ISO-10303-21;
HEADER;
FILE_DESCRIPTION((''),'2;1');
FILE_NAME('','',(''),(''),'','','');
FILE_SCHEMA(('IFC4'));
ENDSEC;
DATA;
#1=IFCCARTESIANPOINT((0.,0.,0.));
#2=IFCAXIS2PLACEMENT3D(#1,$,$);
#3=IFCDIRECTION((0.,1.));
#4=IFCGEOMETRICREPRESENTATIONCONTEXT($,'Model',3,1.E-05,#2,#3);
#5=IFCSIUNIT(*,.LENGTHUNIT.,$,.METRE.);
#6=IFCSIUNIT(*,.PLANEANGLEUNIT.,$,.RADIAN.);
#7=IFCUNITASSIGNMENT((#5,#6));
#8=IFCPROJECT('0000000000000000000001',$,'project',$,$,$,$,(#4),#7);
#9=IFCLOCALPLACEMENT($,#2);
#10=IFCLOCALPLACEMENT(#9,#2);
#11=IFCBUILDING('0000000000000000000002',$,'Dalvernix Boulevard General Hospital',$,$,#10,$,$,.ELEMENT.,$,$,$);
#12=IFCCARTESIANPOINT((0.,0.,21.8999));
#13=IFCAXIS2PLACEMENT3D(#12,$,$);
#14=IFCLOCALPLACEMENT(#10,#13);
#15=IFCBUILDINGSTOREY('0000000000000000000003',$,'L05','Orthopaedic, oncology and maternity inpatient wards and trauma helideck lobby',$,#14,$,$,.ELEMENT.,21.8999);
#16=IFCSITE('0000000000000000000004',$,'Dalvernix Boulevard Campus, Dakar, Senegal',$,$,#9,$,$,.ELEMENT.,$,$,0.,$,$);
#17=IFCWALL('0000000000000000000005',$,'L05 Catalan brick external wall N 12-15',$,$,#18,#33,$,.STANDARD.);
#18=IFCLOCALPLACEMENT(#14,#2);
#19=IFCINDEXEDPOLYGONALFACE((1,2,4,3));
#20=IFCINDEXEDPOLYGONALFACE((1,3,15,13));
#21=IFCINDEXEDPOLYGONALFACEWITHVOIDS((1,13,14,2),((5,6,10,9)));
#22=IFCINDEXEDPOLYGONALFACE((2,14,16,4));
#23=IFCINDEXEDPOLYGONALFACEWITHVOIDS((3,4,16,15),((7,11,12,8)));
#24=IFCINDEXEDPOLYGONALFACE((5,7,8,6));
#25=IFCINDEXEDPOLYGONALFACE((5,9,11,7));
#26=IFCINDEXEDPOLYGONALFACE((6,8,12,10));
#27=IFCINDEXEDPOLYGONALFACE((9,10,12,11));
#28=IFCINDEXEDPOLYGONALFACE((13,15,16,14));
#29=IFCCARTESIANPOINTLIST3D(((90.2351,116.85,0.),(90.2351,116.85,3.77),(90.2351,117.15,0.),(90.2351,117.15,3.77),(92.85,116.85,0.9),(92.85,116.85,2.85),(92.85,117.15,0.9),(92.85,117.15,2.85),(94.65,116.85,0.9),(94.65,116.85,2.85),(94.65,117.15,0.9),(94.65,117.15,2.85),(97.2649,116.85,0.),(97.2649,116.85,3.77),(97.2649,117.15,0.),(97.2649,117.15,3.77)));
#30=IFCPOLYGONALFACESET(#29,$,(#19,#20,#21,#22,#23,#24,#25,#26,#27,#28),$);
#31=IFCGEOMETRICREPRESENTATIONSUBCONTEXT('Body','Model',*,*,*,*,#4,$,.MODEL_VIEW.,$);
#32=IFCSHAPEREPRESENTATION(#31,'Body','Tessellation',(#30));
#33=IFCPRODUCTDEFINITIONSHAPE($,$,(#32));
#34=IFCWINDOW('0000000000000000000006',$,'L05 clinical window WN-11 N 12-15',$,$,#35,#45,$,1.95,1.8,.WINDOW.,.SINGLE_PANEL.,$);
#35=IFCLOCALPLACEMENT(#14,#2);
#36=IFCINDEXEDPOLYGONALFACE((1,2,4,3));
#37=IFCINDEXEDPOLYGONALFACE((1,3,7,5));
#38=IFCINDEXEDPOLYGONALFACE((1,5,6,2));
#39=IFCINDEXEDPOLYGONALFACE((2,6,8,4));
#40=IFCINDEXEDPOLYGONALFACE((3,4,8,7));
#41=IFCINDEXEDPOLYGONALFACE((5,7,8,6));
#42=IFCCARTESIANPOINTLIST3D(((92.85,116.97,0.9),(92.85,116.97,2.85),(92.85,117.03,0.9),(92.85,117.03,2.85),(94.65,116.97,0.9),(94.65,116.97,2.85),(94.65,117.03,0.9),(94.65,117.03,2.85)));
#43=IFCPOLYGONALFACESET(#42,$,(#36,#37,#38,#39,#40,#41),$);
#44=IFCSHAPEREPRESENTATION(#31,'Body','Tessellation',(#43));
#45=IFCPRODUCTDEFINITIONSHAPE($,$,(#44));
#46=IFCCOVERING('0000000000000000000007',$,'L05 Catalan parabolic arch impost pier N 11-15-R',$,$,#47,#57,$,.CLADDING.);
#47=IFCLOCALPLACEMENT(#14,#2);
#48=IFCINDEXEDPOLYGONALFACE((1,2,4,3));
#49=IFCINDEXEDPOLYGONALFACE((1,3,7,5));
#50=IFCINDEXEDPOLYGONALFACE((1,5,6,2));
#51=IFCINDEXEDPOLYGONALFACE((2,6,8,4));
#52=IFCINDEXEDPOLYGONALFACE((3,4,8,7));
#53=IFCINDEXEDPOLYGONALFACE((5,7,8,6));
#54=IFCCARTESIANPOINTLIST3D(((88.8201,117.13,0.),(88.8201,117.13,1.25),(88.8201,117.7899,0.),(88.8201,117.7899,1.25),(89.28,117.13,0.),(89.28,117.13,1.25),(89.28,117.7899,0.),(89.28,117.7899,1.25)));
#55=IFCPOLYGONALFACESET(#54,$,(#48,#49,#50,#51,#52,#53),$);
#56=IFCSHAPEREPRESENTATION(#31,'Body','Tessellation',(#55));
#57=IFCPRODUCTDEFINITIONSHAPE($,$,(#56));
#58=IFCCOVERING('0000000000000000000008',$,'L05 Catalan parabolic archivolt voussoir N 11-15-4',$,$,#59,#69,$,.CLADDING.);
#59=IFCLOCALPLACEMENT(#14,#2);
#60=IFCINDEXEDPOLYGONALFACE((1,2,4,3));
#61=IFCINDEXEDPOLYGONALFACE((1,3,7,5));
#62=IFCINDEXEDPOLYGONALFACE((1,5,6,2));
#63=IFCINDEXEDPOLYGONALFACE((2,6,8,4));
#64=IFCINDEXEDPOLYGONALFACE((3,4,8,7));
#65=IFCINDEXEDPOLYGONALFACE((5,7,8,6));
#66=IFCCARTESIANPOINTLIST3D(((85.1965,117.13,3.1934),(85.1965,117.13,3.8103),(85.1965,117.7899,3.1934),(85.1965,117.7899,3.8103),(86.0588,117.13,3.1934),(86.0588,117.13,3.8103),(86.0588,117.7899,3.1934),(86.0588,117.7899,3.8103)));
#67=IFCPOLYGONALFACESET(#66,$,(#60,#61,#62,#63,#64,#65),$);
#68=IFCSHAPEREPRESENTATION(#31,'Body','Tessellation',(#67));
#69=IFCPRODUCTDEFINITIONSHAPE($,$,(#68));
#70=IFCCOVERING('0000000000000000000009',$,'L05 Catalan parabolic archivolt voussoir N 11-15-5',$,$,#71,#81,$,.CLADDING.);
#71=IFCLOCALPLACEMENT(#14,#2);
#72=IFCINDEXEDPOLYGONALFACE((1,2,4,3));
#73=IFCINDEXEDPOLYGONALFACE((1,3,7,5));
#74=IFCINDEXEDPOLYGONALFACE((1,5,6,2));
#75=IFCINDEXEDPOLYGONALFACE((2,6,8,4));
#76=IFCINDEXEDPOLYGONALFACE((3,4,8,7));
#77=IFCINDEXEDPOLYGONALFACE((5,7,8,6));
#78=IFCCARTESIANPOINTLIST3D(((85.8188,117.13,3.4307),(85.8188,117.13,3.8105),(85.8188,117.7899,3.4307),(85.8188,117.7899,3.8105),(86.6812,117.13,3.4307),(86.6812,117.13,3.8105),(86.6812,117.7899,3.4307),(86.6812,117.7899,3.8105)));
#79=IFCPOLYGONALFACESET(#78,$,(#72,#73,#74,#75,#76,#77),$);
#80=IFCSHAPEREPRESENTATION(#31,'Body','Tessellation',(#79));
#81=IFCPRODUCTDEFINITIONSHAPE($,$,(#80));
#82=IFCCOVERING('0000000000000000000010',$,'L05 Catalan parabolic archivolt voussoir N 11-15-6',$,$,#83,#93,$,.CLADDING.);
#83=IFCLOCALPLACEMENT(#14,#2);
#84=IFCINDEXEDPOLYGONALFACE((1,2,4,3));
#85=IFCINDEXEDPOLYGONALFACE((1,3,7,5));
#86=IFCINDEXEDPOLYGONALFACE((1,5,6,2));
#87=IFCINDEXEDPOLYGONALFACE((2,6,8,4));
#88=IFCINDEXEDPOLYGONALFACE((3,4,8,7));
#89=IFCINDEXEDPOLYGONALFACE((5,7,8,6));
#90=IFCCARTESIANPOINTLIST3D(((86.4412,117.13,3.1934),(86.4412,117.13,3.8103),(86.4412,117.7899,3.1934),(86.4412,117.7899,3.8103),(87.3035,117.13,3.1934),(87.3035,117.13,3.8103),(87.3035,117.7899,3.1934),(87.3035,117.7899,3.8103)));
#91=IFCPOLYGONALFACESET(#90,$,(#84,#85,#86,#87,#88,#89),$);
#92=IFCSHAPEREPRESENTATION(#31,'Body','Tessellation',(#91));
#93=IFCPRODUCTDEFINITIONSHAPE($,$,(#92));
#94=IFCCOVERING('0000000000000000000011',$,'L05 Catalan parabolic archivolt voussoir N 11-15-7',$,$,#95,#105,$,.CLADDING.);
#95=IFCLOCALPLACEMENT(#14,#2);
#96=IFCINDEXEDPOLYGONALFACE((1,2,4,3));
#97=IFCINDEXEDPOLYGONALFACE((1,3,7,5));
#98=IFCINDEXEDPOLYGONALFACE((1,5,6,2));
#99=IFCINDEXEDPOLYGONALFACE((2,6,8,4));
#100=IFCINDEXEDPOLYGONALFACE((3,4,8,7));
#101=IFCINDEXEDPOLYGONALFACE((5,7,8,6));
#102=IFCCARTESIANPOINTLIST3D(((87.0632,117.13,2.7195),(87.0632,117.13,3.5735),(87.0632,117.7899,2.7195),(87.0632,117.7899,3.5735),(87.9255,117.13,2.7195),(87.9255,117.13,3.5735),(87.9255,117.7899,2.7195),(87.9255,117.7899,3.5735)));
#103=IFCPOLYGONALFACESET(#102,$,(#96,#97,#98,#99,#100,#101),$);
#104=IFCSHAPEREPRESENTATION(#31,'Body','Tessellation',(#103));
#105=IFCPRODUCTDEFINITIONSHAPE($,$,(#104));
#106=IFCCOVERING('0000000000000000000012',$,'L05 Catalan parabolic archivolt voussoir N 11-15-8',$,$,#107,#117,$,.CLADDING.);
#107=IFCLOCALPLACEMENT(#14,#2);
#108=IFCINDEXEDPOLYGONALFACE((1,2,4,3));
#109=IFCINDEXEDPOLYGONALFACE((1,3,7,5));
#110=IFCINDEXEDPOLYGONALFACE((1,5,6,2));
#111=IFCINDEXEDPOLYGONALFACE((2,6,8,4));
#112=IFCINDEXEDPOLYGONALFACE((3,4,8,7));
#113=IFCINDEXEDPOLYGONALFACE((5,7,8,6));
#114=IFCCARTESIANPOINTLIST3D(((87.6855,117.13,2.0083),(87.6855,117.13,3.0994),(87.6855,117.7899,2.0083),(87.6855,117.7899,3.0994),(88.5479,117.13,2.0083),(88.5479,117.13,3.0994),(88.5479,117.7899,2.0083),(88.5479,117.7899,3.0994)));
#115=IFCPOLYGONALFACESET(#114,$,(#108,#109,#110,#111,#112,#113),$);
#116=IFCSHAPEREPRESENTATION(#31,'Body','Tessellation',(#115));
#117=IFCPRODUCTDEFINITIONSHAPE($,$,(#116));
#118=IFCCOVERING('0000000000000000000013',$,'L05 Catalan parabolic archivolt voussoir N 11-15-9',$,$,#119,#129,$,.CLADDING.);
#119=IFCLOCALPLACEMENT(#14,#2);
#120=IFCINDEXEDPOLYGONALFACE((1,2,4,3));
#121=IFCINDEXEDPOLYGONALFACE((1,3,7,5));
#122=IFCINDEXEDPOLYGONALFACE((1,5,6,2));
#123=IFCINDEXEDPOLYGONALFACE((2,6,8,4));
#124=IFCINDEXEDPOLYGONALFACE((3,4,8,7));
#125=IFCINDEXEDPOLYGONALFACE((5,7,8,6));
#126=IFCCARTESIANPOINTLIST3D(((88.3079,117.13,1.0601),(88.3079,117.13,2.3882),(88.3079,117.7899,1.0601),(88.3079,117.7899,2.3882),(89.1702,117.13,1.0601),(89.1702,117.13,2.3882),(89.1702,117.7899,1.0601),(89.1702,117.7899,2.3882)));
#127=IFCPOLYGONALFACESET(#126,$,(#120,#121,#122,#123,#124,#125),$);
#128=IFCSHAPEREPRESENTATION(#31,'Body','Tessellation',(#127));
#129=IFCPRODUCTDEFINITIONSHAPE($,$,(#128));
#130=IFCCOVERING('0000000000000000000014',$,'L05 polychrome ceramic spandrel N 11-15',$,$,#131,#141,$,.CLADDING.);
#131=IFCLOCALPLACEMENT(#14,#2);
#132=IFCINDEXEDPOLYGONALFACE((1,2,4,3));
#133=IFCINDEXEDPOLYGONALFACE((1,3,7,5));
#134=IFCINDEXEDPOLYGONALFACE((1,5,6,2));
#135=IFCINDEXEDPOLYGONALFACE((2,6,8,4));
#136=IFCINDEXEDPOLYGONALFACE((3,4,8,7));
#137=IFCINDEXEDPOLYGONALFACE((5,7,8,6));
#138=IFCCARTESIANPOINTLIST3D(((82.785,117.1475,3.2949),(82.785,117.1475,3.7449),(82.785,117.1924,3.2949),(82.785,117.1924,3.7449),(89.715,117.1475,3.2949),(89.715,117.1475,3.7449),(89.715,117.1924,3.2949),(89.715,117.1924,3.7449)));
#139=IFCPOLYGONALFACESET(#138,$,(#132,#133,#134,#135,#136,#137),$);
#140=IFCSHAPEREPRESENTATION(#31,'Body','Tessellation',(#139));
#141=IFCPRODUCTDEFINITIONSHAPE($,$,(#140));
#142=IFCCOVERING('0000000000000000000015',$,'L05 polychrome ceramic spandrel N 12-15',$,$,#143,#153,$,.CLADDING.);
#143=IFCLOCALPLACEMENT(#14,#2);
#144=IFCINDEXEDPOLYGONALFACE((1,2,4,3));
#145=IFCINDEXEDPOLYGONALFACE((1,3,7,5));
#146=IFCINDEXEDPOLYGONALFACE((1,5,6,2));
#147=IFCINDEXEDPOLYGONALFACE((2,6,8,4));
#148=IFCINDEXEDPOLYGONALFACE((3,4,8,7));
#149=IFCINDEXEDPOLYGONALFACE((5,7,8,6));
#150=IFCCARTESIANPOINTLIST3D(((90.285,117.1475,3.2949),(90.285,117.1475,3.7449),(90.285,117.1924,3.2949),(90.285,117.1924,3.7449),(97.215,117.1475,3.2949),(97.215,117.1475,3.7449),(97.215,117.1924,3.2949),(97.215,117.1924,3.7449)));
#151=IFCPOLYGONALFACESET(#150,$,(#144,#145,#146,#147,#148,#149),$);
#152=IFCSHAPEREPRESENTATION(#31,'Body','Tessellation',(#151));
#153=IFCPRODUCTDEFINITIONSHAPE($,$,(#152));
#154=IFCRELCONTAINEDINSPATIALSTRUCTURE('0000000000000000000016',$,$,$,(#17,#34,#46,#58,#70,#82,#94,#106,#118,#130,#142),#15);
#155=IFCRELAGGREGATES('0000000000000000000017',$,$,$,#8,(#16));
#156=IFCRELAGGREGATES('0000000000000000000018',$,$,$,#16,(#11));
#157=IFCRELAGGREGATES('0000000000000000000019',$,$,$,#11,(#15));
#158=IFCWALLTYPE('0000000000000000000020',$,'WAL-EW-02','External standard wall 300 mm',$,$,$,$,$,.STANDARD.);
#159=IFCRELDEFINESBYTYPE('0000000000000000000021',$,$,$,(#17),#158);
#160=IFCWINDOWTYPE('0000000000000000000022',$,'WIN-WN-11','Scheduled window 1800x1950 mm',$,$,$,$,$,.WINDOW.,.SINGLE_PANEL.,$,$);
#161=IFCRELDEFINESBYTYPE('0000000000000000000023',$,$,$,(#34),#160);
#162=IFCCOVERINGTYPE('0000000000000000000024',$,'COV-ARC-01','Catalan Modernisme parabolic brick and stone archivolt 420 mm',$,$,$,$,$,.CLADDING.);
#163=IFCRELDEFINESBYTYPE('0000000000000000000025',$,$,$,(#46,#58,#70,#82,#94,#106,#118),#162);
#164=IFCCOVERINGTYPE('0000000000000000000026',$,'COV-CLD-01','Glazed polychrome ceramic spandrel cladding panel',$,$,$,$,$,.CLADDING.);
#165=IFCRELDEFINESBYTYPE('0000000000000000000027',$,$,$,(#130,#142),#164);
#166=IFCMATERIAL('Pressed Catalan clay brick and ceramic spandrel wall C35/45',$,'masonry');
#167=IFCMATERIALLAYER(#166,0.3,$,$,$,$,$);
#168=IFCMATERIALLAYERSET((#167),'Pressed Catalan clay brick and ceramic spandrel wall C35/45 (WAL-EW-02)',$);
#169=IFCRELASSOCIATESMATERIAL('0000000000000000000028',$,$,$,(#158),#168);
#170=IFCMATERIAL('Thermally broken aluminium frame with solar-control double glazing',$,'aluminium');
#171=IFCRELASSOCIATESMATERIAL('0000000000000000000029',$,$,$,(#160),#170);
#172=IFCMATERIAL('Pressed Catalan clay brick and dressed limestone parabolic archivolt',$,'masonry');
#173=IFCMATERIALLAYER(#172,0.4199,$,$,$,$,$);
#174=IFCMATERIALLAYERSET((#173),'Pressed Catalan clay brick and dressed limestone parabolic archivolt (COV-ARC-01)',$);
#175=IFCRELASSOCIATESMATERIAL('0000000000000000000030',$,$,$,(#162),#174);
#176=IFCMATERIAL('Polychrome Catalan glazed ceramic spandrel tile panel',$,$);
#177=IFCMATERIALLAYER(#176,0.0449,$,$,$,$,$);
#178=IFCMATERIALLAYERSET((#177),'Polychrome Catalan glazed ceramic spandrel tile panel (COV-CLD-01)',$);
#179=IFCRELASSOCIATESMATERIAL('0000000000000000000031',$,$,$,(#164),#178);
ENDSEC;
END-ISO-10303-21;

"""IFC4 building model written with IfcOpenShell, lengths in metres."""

from ifc_helpers import new_model, si_unit, direction, frame, frame_2d, origin, origin_2d, place, context, subcontext, project, spatial, rectangle, extrude, material, layer, layer_set, type_object, element, fill, save


model = new_model("IFC4")

# Units and contexts
model_context = context("Model", 3, precision=1e-05, world=origin(), true_north=direction((0.0, 1.0)))
body_context = subcontext(model_context, "Body", "Model", "MODEL_VIEW")
ifc_project = project(units=[si_unit("LENGTHUNIT", "METRE"), si_unit("PLANEANGLEUNIT", "RADIAN")], contexts=[model_context])

# Site, building, storey
site_placement = place(None, origin())
site = spatial("IfcSite", under=ifc_project, at=site_placement, Name="Dalvernix Boulevard Campus, Dakar, Senegal", CompositionType="ELEMENT", RefElevation=0.0)
building_placement = place(site_placement, origin())
building = spatial("IfcBuilding", under=site, at=building_placement, Name="Dalvernix Boulevard General Hospital", CompositionType="ELEMENT")
storey_placement = place(building_placement, frame((0.0, 0.0, 21.8999)))
storey = spatial("IfcBuildingStorey", under=building, at=storey_placement, Name="L05", Description="Orthopaedic, oncology and maternity inpatient wards and trauma helideck lobby", CompositionType="ELEMENT", Elevation=21.8999)

# Shared definitions
ifc_material_1 = material(Name="Pressed Catalan clay brick and ceramic spandrel wall C35/45", Category="masonry")
ifc_layer_1 = layer(ifc_material_1, 0.3)
ifc_layer_set_1 = layer_set([ifc_layer_1], Name="Pressed Catalan clay brick and ceramic spandrel wall C35/45 (WAL-EW-02)")
wall_type = type_object("IfcWallType", Name="WAL-EW-02", Description="External standard wall 300 mm", PredefinedType="STANDARD", material=ifc_layer_set_1)
ifc_material_2 = material(Name="Thermally broken aluminium frame with solar-control double glazing", Category="aluminium")

# Wall, opening, window
wall_1_placement = place(storey_placement, frame((90.2351, 117.0, 0.0), z_axis=(0.0, 0.0, 1.0), x_axis=(1.0, 0.0, 0.0)))
wall_1 = element("IfcWall", 1, at=wall_1_placement, inside=storey, type_object=wall_type, Name="L05 Catalan brick external wall N 12-15", PredefinedType="STANDARD", context=body_context, shape_type="SweptSolid", body=[
    extrude(rectangle(XDim=7.0298, YDim=0.3, at=frame_2d((3.5149, 0.0))), origin(), (0.0, 0.0, 1.0), 3.77),
])
opening_1_placement = place(wall_1_placement, frame((2.615, 0.0, 0.8999)))
opening_1 = element("IfcOpeningElement", 2, at=opening_1_placement, cuts=wall_1, PredefinedType="OPENING", context=body_context, shape_type="SweptSolid", body=[
    extrude(rectangle(XDim=1.8, YDim=1.95, at=frame_2d((0.8999, 0.9751))), frame((0.0, 0.1599, 0.0), z_axis=(0.0, -1.0, 0.0), x_axis=(1.0, 0.0, 0.0)), (0.0, 0.0, 1.0), 0.3201),
])
window_type_1 = type_object("IfcWindowType", Name="WIN-WN-11", Description="Scheduled window 1800x1950 mm", PartitioningType="SINGLE_PANEL", PredefinedType="WINDOW", material=ifc_material_2)
window_1_placement = place(opening_1_placement, origin())
window_1 = element("IfcWindow", 3, at=window_1_placement, inside=storey, type_object=window_type_1, Name="L05 clinical window WN-11 N 12-15", OverallHeight=1.95, OverallWidth=1.8, PartitioningType="SINGLE_PANEL", PredefinedType="WINDOW", context=body_context, shape_type="SweptSolid", body=[
    extrude(rectangle(XDim=1.8, YDim=1.95, at=frame_2d((0.8999, 0.9751))), frame((0.0, 0.03, 0.0), z_axis=(0.0, -1.0, 0.0), x_axis=(1.0, 0.0, 0.0)), (0.0, 0.0, 1.0), 0.0601),
])
fill(opening_1, window_1)

# Coverings
ifc_material_3 = material(Name="Pressed Catalan clay brick and dressed limestone parabolic archivolt", Category="masonry")
ifc_layer_2 = layer(ifc_material_3, 0.4199)
ifc_layer_set_2 = layer_set([ifc_layer_2], Name="Pressed Catalan clay brick and dressed limestone parabolic archivolt (COV-ARC-01)")
covering_type_1 = type_object("IfcCoveringType", Name="COV-ARC-01", Description="Catalan Modernisme parabolic brick and stone archivolt 420 mm", PredefinedType="CLADDING", material=ifc_layer_set_2)
covering_1_placement = place(storey_placement, frame((89.05, 117.46, 0.0), z_axis=(0.0, 0.0, 1.0), x_axis=(1.0, 0.0, 0.0)))
element("IfcCovering", 4, at=covering_1_placement, inside=storey, type_object=covering_type_1, Name="L05 Catalan parabolic arch impost pier N 11-15-R", PredefinedType="CLADDING", context=body_context, shape_type="SweptSolid", body=[
    extrude(rectangle(XDim=0.46, YDim=0.6599, at=origin_2d()), origin(), (0.0, 0.0, 1.0), 1.25),
])
covering_2_placement = place(storey_placement, frame((85.6277, 117.46, 3.1934), z_axis=(0.0, 0.0, 1.0), x_axis=(1.0, 0.0, 0.0)))
element("IfcCovering", 5, at=covering_2_placement, inside=storey, type_object=covering_type_1, Name="L05 Catalan parabolic archivolt voussoir N 11-15-4", PredefinedType="CLADDING", context=body_context, shape_type="SweptSolid", body=[
    extrude(rectangle(XDim=0.8623, YDim=0.6599, at=origin_2d()), origin(), (0.0, 0.0, 1.0), 0.6169),
])
covering_3_placement = place(storey_placement, frame((86.25, 117.46, 3.4307), z_axis=(0.0, 0.0, 1.0), x_axis=(1.0, 0.0, 0.0)))
element("IfcCovering", 6, at=covering_3_placement, inside=storey, type_object=covering_type_1, Name="L05 Catalan parabolic archivolt voussoir N 11-15-5", PredefinedType="CLADDING", context=body_context, shape_type="SweptSolid", body=[
    extrude(rectangle(XDim=0.8623, YDim=0.6599, at=origin_2d()), origin(), (0.0, 0.0, 1.0), 0.3799),
])
covering_4_placement = place(storey_placement, frame((86.8723, 117.46, 3.1934), z_axis=(0.0, 0.0, 1.0), x_axis=(1.0, 0.0, 0.0)))
element("IfcCovering", 7, at=covering_4_placement, inside=storey, type_object=covering_type_1, Name="L05 Catalan parabolic archivolt voussoir N 11-15-6", PredefinedType="CLADDING", context=body_context, shape_type="SweptSolid", body=[
    extrude(rectangle(XDim=0.8623, YDim=0.6599, at=origin_2d()), origin(), (0.0, 0.0, 1.0), 0.6169),
])
covering_5_placement = place(storey_placement, frame((87.4944, 117.46, 2.7195), z_axis=(0.0, 0.0, 1.0), x_axis=(1.0, 0.0, 0.0)))
element("IfcCovering", 8, at=covering_5_placement, inside=storey, type_object=covering_type_1, Name="L05 Catalan parabolic archivolt voussoir N 11-15-7", PredefinedType="CLADDING", context=body_context, shape_type="SweptSolid", body=[
    extrude(rectangle(XDim=0.8623, YDim=0.6599, at=origin_2d()), origin(), (0.0, 0.0, 1.0), 0.854),
])
covering_6_placement = place(storey_placement, frame((88.1167, 117.46, 2.0083), z_axis=(0.0, 0.0, 1.0), x_axis=(1.0, 0.0, 0.0)))
element("IfcCovering", 9, at=covering_6_placement, inside=storey, type_object=covering_type_1, Name="L05 Catalan parabolic archivolt voussoir N 11-15-8", PredefinedType="CLADDING", context=body_context, shape_type="SweptSolid", body=[
    extrude(rectangle(XDim=0.8623, YDim=0.6599, at=origin_2d()), origin(), (0.0, 0.0, 1.0), 1.0911),
])
covering_7_placement = place(storey_placement, frame((88.739, 117.46, 1.0601), z_axis=(0.0, 0.0, 1.0), x_axis=(1.0, 0.0, 0.0)))
element("IfcCovering", 10, at=covering_7_placement, inside=storey, type_object=covering_type_1, Name="L05 Catalan parabolic archivolt voussoir N 11-15-9", PredefinedType="CLADDING", context=body_context, shape_type="SweptSolid", body=[
    extrude(rectangle(XDim=0.8623, YDim=0.6599, at=origin_2d()), origin(), (0.0, 0.0, 1.0), 1.3281),
])
ifc_material_4 = material(Name="Polychrome Catalan glazed ceramic spandrel tile panel")
ifc_layer_3 = layer(ifc_material_4, 0.0449)
ifc_layer_set_3 = layer_set([ifc_layer_3], Name="Polychrome Catalan glazed ceramic spandrel tile panel (COV-CLD-01)")
covering_type_2 = type_object("IfcCoveringType", Name="COV-CLD-01", Description="Glazed polychrome ceramic spandrel cladding panel", PredefinedType="CLADDING", material=ifc_layer_set_3)
for number, where, z_axis, x_axis, name in (
    (11, (86.25, 117.1699, 3.2949), (0.0, 0.0, 1.0), (1.0, 0.0, 0.0), "L05 polychrome ceramic spandrel N 11-15"),
    (12, (93.75, 117.1699, 3.2949), (0.0, 0.0, 1.0), (1.0, 0.0, 0.0), "L05 polychrome ceramic spandrel N 12-15"),
):
    element("IfcCovering", number, at=place(storey_placement, frame(where, z_axis=z_axis, x_axis=x_axis)), inside=storey, type_object=covering_type_2, Name=name, PredefinedType="CLADDING", context=body_context, shape_type="SweptSolid", body=[
        extrude(rectangle(XDim=6.9299, YDim=0.0449, at=origin_2d()), origin(), (0.0, 0.0, 1.0), 0.45),
    ])

save(model, "model.ifc")
